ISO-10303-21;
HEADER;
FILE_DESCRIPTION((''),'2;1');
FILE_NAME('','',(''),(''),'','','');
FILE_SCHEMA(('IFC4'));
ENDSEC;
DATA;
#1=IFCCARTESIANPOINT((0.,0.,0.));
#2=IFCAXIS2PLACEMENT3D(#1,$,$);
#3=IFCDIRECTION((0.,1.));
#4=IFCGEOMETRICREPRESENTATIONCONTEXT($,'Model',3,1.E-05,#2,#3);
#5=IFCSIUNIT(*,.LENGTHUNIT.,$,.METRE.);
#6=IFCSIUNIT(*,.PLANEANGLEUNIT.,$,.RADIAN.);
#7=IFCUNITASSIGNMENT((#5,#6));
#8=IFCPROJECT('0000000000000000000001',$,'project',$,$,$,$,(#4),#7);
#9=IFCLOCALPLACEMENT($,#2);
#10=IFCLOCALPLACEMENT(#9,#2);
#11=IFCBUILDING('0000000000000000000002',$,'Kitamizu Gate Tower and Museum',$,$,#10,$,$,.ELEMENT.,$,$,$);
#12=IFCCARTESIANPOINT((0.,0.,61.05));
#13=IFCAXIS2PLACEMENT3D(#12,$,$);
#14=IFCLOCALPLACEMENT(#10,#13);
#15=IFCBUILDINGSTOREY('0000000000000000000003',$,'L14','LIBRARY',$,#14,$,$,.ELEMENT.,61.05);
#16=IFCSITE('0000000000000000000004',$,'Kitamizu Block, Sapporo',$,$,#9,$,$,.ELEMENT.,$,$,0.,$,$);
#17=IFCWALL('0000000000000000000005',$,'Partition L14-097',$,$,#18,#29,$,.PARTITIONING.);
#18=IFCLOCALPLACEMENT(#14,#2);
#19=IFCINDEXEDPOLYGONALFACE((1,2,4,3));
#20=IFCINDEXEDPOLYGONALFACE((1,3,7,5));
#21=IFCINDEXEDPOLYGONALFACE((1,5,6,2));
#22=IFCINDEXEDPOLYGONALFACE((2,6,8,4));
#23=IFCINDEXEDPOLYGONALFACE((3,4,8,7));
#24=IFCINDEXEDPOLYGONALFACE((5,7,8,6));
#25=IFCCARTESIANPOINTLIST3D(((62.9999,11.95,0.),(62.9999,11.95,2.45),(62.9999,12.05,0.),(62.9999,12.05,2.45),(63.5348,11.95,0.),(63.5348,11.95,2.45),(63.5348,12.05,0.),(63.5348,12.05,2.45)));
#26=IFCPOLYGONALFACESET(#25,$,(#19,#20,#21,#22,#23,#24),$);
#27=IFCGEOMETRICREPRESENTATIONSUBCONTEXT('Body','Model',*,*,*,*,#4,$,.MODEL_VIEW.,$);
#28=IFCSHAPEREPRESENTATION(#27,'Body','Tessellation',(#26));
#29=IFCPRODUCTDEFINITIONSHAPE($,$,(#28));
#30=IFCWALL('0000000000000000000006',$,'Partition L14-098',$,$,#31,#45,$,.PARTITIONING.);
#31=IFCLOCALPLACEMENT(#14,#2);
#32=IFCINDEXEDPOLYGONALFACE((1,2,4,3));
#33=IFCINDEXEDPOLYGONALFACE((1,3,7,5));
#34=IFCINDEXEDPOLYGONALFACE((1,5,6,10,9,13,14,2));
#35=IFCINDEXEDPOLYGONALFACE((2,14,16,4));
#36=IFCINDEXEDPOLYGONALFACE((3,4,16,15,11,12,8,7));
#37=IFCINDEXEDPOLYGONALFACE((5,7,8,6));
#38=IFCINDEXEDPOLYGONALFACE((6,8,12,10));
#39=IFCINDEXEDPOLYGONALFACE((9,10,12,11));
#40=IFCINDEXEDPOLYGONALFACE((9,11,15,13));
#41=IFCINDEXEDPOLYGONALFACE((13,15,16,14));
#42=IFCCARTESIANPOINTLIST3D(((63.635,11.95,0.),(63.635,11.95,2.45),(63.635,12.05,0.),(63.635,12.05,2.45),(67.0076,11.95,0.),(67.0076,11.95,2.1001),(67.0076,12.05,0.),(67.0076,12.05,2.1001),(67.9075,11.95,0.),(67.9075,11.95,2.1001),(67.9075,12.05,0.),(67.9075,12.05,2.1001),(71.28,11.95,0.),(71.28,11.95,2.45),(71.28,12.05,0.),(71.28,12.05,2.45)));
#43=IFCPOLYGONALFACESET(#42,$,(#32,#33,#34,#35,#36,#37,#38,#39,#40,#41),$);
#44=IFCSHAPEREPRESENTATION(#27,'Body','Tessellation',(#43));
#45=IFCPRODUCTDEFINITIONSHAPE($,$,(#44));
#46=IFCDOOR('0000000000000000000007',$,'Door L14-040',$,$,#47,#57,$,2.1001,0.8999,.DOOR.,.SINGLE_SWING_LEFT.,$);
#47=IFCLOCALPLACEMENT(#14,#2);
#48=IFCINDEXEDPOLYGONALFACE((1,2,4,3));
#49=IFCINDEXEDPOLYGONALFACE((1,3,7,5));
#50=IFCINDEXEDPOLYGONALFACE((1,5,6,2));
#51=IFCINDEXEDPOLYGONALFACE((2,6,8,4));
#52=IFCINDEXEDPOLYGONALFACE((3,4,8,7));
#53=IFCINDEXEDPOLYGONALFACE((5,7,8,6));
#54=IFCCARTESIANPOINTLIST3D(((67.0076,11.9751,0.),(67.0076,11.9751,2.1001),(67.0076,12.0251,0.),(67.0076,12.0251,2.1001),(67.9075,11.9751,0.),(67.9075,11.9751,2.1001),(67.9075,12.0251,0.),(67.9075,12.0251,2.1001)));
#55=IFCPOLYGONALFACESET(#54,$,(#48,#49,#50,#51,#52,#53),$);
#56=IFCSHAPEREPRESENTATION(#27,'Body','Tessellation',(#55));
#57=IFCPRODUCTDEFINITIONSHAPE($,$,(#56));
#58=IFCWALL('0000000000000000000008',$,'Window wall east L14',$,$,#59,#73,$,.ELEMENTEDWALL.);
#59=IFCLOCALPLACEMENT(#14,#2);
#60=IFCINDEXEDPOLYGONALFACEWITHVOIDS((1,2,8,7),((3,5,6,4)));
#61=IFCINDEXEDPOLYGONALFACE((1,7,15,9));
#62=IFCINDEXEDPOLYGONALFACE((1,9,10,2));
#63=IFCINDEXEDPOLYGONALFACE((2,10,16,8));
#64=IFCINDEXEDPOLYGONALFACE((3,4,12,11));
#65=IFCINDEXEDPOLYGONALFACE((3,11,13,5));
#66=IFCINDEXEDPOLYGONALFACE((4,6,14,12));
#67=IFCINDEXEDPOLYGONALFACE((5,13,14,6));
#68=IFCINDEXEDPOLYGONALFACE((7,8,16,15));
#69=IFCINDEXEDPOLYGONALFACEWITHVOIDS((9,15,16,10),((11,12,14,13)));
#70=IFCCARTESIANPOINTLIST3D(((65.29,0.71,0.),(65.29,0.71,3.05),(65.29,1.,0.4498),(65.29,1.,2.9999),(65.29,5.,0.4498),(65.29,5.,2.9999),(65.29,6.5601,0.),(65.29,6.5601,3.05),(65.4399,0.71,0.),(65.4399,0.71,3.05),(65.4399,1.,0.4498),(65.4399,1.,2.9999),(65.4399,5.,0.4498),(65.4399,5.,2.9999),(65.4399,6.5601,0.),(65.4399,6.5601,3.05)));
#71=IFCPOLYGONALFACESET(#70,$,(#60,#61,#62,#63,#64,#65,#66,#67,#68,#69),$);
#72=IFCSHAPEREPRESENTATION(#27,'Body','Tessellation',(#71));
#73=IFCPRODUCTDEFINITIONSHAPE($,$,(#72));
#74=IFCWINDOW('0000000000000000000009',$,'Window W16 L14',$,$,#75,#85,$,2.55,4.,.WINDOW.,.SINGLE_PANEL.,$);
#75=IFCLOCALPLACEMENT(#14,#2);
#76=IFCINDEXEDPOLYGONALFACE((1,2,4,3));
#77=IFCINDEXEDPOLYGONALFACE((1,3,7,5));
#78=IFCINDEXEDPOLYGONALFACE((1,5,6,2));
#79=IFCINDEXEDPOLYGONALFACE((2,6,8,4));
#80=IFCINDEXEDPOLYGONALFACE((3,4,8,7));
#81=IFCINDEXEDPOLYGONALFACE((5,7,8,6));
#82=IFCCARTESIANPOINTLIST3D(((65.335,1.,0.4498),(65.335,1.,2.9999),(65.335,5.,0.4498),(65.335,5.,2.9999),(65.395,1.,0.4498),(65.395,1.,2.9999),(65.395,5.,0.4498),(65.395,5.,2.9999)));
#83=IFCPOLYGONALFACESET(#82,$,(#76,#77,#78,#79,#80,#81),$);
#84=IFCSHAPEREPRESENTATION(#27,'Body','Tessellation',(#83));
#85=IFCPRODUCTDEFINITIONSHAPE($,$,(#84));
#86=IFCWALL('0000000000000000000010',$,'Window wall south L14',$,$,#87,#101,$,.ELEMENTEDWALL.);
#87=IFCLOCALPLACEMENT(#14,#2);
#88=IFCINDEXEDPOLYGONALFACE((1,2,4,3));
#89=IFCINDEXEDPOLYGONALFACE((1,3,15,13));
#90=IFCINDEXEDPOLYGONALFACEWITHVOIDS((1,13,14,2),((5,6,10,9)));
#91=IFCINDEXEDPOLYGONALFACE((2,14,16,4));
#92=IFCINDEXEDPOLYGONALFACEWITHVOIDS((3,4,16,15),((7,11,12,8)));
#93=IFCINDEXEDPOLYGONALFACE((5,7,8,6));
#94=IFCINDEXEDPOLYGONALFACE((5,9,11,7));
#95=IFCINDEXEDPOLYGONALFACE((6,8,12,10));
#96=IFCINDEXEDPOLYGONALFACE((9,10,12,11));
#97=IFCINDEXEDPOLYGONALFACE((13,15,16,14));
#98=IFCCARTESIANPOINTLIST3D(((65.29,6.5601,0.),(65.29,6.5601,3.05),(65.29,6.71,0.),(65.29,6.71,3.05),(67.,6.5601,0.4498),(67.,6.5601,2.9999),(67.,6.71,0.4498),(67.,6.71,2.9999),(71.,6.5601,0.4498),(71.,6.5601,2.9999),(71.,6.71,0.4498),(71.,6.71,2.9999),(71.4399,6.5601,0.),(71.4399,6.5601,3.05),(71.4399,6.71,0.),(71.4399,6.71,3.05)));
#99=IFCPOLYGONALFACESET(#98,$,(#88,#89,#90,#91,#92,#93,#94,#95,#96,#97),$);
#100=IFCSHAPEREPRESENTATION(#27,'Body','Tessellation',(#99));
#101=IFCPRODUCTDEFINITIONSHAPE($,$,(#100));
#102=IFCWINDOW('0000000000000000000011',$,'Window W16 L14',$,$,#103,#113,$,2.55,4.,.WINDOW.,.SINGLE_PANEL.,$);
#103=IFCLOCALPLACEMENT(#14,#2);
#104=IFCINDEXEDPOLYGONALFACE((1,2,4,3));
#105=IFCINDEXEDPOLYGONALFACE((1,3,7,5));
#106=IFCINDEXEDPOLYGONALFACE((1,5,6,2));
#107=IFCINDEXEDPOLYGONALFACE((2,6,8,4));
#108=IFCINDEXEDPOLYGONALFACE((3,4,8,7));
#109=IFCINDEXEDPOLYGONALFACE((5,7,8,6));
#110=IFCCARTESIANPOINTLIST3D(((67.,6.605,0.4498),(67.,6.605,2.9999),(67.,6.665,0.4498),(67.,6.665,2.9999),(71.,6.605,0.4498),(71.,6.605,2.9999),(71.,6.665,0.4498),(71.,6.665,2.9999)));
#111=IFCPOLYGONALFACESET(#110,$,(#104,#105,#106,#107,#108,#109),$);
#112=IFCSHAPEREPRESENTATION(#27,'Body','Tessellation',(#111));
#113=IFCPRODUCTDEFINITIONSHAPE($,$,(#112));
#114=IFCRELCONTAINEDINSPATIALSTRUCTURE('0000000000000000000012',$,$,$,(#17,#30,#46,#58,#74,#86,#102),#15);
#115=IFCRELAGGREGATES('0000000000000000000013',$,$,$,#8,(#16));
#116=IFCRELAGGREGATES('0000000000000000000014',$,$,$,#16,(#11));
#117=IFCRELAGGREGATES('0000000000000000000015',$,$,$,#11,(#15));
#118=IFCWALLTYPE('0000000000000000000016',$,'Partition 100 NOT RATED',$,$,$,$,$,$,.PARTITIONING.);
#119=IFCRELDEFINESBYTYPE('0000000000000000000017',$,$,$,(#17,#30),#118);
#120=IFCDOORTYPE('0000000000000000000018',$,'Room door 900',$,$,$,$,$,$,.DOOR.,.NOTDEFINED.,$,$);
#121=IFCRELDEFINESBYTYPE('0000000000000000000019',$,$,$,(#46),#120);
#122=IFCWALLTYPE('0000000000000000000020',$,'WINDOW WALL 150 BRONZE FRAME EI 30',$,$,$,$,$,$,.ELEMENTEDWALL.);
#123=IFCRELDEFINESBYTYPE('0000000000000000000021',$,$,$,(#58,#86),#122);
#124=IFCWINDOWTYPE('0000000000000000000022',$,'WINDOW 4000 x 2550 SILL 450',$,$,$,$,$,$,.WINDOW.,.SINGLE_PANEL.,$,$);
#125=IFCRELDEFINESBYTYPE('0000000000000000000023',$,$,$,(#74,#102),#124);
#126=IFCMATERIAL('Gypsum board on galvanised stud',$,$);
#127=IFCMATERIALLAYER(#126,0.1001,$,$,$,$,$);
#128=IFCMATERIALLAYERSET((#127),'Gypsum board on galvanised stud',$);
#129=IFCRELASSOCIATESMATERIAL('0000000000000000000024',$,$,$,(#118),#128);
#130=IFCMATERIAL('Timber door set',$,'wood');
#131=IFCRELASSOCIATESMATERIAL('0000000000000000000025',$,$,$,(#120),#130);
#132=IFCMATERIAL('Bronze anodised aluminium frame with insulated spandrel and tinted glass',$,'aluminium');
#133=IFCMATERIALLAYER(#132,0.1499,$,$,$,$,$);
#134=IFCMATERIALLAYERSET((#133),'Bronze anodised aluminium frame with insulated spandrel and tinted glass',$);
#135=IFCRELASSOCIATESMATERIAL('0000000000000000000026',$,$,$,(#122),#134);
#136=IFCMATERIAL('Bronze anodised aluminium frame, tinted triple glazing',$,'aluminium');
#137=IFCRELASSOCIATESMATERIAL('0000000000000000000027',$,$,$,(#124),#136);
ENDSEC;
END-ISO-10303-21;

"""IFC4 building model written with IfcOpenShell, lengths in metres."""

from ifc_helpers import new_model, si_unit, direction, frame, frame_2d, origin, place, context, subcontext, project, spatial, rectangle, extrude, material, layer, layer_set, type_object, element, fill, save


model = new_model("IFC4")

# Units and contexts
model_context = context("Model", 3, precision=1e-05, world=origin(), true_north=direction((0.0, 1.0)))
body_context = subcontext(model_context, "Body", "Model", "MODEL_VIEW")
ifc_project = project(units=[si_unit("LENGTHUNIT", "METRE"), si_unit("PLANEANGLEUNIT", "RADIAN")], contexts=[model_context])

# Site, building, storey
site_placement = place(None, origin())
site = spatial("IfcSite", under=ifc_project, at=site_placement, Name="Kitamizu Block, Sapporo", CompositionType="ELEMENT", RefElevation=0.0)
building_placement = place(site_placement, origin())
building = spatial("IfcBuilding", under=site, at=building_placement, Name="Kitamizu Gate Tower and Museum", CompositionType="ELEMENT")
storey_placement = place(building_placement, frame((0.0, 0.0, 61.05)))
storey = spatial("IfcBuildingStorey", under=building, at=storey_placement, Name="L14", Description="LIBRARY", CompositionType="ELEMENT", Elevation=61.05)

# Shared definitions
ifc_material_1 = material(Name="Gypsum board on galvanised stud")
ifc_layer_1 = layer(ifc_material_1, 0.1001)
ifc_layer_set_1 = layer_set([ifc_layer_1], Name="Gypsum board on galvanised stud")
wall_type_1 = type_object("IfcWallType", Name="Partition 100 NOT RATED", PredefinedType="PARTITIONING", material=ifc_layer_set_1)
ifc_material_2 = material(Name="Timber door set", Category="wood")
door_type = type_object("IfcDoorType", Name="Room door 900", OperationType="NOTDEFINED", PredefinedType="DOOR", material=ifc_material_2)

# Wall
wall_1_placement = place(storey_placement, frame((63.5349, 12.0, 0.0), z_axis=(0.0, 0.0, 1.0), x_axis=(-1.0, 0.0, 0.0)))
element("IfcWall", 1, at=wall_1_placement, inside=storey, type_object=wall_type_1, Name="Partition L14-097", PredefinedType="PARTITIONING", context=body_context, shape_type="SweptSolid", body=[
    extrude(rectangle(XDim=0.5349, YDim=0.1001, at=frame_2d((0.2676, 0.0))), origin(), (0.0, 0.0, 1.0), 2.45),
])

# Wall, opening, door
wall_2_placement = place(storey_placement, frame((71.28, 12.0, 0.0), z_axis=(0.0, 0.0, 1.0), x_axis=(-1.0, 0.0, 0.0)))
wall_2 = element("IfcWall", 2, at=wall_2_placement, inside=storey, type_object=wall_type_1, Name="Partition L14-098", PredefinedType="PARTITIONING", context=body_context, shape_type="SweptSolid", body=[
    extrude(rectangle(XDim=7.645, YDim=0.1001, at=frame_2d((3.8225, 0.0))), origin(), (0.0, 0.0, 1.0), 2.45),
])
opening_1_placement = place(wall_2_placement, frame((3.3726, 0.0, 0.0)))
opening_1 = element("IfcOpeningElement", 3, at=opening_1_placement, cuts=wall_2, PredefinedType="OPENING", context=body_context, shape_type="SweptSolid", body=[
    extrude(rectangle(XDim=0.8999, YDim=2.1001, at=frame_2d((0.45, 1.05))), frame((0.0, 0.0601, 0.0), z_axis=(0.0, -1.0, 0.0), x_axis=(1.0, 0.0, 0.0)), (0.0, 0.0, 1.0), 0.1201),
])
door_1_placement = place(opening_1_placement, origin())
door_1 = element("IfcDoor", 4, at=door_1_placement, inside=storey, type_object=door_type, Name="Door L14-040", OperationType="SINGLE_SWING_LEFT", OverallHeight=2.1001, OverallWidth=0.8999, PredefinedType="DOOR", context=body_context, shape_type="SweptSolid", body=[
    extrude(rectangle(XDim=0.8999, YDim=2.1001, at=frame_2d((0.45, 1.05))), frame((0.0, 0.0249, 0.0), z_axis=(0.0, -1.0, 0.0), x_axis=(1.0, 0.0, 0.0)), (0.0, 0.0, 1.0), 0.05),
])
fill(opening_1, door_1)

# Walls, openings, windows
ifc_material_3 = material(Name="Bronze anodised aluminium frame with insulated spandrel and tinted glass", Category="aluminium")
ifc_layer_2 = layer(ifc_material_3, 0.1499)
ifc_layer_set_2 = layer_set([ifc_layer_2], Name="Bronze anodised aluminium frame with insulated spandrel and tinted glass")
wall_type_2 = type_object("IfcWallType", Name="WINDOW WALL 150 BRONZE FRAME EI 30", PredefinedType="ELEMENTEDWALL", material=ifc_layer_set_2)
wall_3_placement = place(storey_placement, frame((65.365, 0.71, 0.0), z_axis=(0.0, 0.0, 1.0), x_axis=(0.0, 1.0, 0.0)))
wall_3 = element("IfcWall", 5, at=wall_3_placement, inside=storey, type_object=wall_type_2, Name="Window wall east L14", PredefinedType="ELEMENTEDWALL", context=body_context, shape_type="SweptSolid", body=[
    extrude(rectangle(XDim=5.8501, YDim=0.1499, at=frame_2d((2.925, 0.0))), origin(), (0.0, 0.0, 1.0), 3.05),
])
opening_2_placement = place(wall_3_placement, frame((0.29, 0.0, 0.45)))
opening_2 = element("IfcOpeningElement", 6, at=opening_2_placement, cuts=wall_3, PredefinedType="OPENING", context=body_context, shape_type="SweptSolid", body=[
    extrude(rectangle(XDim=4.0, YDim=2.55, at=frame_2d((2.0, 1.2749))), frame((0.0, 0.085, 0.0), z_axis=(0.0, -1.0, 0.0), x_axis=(1.0, 0.0, 0.0)), (0.0, 0.0, 1.0), 0.1699),
])
ifc_material_4 = material(Name="Bronze anodised aluminium frame, tinted triple glazing", Category="aluminium")
window_type_1 = type_object("IfcWindowType", Name="WINDOW 4000 x 2550 SILL 450", PartitioningType="SINGLE_PANEL", PredefinedType="WINDOW", material=ifc_material_4)
window_1_placement = place(opening_2_placement, origin())
window_1 = element("IfcWindow", 7, at=window_1_placement, inside=storey, type_object=window_type_1, Name="Window W16 L14", OverallHeight=2.55, OverallWidth=4.0, PartitioningType="SINGLE_PANEL", PredefinedType="WINDOW", context=body_context, shape_type="SweptSolid", body=[
    extrude(rectangle(XDim=4.0, YDim=2.55, at=frame_2d((2.0, 1.2749))), frame((0.0, 0.03, 0.0), z_axis=(0.0, -1.0, 0.0), x_axis=(1.0, 0.0, 0.0)), (0.0, 0.0, 1.0), 0.0601),
])
fill(opening_2, window_1)
wall_4_placement = place(storey_placement, frame((65.29, 6.635, 0.0), z_axis=(0.0, 0.0, 1.0), x_axis=(1.0, 0.0, 0.0)))
wall_4 = element("IfcWall", 8, at=wall_4_placement, inside=storey, type_object=wall_type_2, Name="Window wall south L14", PredefinedType="ELEMENTEDWALL", context=body_context, shape_type="SweptSolid", body=[
    extrude(rectangle(XDim=6.1499, YDim=0.1499, at=frame_2d((3.075, 0.0))), origin(), (0.0, 0.0, 1.0), 3.05),
])
opening_3_placement = place(wall_4_placement, frame((1.71, 0.0, 0.45)))
opening_3 = element("IfcOpeningElement", 9, at=opening_3_placement, cuts=wall_4, PredefinedType="OPENING", context=body_context, shape_type="SweptSolid", body=[
    extrude(rectangle(XDim=4.0, YDim=2.55, at=frame_2d((2.0, 1.2749))), frame((0.0, 0.085, 0.0), z_axis=(0.0, -1.0, 0.0), x_axis=(1.0, 0.0, 0.0)), (0.0, 0.0, 1.0), 0.1699),
])
window_2_placement = place(opening_3_placement, origin())
window_2 = element("IfcWindow", 10, at=window_2_placement, inside=storey, type_object=window_type_1, Name="Window W16 L14", OverallHeight=2.55, OverallWidth=4.0, PartitioningType="SINGLE_PANEL", PredefinedType="WINDOW", context=body_context, shape_type="SweptSolid", body=[
    extrude(rectangle(XDim=4.0, YDim=2.55, at=frame_2d((2.0, 1.2749))), frame((0.0, 0.03, 0.0), z_axis=(0.0, -1.0, 0.0), x_axis=(1.0, 0.0, 0.0)), (0.0, 0.0, 1.0), 0.0601),
])
fill(opening_3, window_2)

save(model, "model.ifc")
